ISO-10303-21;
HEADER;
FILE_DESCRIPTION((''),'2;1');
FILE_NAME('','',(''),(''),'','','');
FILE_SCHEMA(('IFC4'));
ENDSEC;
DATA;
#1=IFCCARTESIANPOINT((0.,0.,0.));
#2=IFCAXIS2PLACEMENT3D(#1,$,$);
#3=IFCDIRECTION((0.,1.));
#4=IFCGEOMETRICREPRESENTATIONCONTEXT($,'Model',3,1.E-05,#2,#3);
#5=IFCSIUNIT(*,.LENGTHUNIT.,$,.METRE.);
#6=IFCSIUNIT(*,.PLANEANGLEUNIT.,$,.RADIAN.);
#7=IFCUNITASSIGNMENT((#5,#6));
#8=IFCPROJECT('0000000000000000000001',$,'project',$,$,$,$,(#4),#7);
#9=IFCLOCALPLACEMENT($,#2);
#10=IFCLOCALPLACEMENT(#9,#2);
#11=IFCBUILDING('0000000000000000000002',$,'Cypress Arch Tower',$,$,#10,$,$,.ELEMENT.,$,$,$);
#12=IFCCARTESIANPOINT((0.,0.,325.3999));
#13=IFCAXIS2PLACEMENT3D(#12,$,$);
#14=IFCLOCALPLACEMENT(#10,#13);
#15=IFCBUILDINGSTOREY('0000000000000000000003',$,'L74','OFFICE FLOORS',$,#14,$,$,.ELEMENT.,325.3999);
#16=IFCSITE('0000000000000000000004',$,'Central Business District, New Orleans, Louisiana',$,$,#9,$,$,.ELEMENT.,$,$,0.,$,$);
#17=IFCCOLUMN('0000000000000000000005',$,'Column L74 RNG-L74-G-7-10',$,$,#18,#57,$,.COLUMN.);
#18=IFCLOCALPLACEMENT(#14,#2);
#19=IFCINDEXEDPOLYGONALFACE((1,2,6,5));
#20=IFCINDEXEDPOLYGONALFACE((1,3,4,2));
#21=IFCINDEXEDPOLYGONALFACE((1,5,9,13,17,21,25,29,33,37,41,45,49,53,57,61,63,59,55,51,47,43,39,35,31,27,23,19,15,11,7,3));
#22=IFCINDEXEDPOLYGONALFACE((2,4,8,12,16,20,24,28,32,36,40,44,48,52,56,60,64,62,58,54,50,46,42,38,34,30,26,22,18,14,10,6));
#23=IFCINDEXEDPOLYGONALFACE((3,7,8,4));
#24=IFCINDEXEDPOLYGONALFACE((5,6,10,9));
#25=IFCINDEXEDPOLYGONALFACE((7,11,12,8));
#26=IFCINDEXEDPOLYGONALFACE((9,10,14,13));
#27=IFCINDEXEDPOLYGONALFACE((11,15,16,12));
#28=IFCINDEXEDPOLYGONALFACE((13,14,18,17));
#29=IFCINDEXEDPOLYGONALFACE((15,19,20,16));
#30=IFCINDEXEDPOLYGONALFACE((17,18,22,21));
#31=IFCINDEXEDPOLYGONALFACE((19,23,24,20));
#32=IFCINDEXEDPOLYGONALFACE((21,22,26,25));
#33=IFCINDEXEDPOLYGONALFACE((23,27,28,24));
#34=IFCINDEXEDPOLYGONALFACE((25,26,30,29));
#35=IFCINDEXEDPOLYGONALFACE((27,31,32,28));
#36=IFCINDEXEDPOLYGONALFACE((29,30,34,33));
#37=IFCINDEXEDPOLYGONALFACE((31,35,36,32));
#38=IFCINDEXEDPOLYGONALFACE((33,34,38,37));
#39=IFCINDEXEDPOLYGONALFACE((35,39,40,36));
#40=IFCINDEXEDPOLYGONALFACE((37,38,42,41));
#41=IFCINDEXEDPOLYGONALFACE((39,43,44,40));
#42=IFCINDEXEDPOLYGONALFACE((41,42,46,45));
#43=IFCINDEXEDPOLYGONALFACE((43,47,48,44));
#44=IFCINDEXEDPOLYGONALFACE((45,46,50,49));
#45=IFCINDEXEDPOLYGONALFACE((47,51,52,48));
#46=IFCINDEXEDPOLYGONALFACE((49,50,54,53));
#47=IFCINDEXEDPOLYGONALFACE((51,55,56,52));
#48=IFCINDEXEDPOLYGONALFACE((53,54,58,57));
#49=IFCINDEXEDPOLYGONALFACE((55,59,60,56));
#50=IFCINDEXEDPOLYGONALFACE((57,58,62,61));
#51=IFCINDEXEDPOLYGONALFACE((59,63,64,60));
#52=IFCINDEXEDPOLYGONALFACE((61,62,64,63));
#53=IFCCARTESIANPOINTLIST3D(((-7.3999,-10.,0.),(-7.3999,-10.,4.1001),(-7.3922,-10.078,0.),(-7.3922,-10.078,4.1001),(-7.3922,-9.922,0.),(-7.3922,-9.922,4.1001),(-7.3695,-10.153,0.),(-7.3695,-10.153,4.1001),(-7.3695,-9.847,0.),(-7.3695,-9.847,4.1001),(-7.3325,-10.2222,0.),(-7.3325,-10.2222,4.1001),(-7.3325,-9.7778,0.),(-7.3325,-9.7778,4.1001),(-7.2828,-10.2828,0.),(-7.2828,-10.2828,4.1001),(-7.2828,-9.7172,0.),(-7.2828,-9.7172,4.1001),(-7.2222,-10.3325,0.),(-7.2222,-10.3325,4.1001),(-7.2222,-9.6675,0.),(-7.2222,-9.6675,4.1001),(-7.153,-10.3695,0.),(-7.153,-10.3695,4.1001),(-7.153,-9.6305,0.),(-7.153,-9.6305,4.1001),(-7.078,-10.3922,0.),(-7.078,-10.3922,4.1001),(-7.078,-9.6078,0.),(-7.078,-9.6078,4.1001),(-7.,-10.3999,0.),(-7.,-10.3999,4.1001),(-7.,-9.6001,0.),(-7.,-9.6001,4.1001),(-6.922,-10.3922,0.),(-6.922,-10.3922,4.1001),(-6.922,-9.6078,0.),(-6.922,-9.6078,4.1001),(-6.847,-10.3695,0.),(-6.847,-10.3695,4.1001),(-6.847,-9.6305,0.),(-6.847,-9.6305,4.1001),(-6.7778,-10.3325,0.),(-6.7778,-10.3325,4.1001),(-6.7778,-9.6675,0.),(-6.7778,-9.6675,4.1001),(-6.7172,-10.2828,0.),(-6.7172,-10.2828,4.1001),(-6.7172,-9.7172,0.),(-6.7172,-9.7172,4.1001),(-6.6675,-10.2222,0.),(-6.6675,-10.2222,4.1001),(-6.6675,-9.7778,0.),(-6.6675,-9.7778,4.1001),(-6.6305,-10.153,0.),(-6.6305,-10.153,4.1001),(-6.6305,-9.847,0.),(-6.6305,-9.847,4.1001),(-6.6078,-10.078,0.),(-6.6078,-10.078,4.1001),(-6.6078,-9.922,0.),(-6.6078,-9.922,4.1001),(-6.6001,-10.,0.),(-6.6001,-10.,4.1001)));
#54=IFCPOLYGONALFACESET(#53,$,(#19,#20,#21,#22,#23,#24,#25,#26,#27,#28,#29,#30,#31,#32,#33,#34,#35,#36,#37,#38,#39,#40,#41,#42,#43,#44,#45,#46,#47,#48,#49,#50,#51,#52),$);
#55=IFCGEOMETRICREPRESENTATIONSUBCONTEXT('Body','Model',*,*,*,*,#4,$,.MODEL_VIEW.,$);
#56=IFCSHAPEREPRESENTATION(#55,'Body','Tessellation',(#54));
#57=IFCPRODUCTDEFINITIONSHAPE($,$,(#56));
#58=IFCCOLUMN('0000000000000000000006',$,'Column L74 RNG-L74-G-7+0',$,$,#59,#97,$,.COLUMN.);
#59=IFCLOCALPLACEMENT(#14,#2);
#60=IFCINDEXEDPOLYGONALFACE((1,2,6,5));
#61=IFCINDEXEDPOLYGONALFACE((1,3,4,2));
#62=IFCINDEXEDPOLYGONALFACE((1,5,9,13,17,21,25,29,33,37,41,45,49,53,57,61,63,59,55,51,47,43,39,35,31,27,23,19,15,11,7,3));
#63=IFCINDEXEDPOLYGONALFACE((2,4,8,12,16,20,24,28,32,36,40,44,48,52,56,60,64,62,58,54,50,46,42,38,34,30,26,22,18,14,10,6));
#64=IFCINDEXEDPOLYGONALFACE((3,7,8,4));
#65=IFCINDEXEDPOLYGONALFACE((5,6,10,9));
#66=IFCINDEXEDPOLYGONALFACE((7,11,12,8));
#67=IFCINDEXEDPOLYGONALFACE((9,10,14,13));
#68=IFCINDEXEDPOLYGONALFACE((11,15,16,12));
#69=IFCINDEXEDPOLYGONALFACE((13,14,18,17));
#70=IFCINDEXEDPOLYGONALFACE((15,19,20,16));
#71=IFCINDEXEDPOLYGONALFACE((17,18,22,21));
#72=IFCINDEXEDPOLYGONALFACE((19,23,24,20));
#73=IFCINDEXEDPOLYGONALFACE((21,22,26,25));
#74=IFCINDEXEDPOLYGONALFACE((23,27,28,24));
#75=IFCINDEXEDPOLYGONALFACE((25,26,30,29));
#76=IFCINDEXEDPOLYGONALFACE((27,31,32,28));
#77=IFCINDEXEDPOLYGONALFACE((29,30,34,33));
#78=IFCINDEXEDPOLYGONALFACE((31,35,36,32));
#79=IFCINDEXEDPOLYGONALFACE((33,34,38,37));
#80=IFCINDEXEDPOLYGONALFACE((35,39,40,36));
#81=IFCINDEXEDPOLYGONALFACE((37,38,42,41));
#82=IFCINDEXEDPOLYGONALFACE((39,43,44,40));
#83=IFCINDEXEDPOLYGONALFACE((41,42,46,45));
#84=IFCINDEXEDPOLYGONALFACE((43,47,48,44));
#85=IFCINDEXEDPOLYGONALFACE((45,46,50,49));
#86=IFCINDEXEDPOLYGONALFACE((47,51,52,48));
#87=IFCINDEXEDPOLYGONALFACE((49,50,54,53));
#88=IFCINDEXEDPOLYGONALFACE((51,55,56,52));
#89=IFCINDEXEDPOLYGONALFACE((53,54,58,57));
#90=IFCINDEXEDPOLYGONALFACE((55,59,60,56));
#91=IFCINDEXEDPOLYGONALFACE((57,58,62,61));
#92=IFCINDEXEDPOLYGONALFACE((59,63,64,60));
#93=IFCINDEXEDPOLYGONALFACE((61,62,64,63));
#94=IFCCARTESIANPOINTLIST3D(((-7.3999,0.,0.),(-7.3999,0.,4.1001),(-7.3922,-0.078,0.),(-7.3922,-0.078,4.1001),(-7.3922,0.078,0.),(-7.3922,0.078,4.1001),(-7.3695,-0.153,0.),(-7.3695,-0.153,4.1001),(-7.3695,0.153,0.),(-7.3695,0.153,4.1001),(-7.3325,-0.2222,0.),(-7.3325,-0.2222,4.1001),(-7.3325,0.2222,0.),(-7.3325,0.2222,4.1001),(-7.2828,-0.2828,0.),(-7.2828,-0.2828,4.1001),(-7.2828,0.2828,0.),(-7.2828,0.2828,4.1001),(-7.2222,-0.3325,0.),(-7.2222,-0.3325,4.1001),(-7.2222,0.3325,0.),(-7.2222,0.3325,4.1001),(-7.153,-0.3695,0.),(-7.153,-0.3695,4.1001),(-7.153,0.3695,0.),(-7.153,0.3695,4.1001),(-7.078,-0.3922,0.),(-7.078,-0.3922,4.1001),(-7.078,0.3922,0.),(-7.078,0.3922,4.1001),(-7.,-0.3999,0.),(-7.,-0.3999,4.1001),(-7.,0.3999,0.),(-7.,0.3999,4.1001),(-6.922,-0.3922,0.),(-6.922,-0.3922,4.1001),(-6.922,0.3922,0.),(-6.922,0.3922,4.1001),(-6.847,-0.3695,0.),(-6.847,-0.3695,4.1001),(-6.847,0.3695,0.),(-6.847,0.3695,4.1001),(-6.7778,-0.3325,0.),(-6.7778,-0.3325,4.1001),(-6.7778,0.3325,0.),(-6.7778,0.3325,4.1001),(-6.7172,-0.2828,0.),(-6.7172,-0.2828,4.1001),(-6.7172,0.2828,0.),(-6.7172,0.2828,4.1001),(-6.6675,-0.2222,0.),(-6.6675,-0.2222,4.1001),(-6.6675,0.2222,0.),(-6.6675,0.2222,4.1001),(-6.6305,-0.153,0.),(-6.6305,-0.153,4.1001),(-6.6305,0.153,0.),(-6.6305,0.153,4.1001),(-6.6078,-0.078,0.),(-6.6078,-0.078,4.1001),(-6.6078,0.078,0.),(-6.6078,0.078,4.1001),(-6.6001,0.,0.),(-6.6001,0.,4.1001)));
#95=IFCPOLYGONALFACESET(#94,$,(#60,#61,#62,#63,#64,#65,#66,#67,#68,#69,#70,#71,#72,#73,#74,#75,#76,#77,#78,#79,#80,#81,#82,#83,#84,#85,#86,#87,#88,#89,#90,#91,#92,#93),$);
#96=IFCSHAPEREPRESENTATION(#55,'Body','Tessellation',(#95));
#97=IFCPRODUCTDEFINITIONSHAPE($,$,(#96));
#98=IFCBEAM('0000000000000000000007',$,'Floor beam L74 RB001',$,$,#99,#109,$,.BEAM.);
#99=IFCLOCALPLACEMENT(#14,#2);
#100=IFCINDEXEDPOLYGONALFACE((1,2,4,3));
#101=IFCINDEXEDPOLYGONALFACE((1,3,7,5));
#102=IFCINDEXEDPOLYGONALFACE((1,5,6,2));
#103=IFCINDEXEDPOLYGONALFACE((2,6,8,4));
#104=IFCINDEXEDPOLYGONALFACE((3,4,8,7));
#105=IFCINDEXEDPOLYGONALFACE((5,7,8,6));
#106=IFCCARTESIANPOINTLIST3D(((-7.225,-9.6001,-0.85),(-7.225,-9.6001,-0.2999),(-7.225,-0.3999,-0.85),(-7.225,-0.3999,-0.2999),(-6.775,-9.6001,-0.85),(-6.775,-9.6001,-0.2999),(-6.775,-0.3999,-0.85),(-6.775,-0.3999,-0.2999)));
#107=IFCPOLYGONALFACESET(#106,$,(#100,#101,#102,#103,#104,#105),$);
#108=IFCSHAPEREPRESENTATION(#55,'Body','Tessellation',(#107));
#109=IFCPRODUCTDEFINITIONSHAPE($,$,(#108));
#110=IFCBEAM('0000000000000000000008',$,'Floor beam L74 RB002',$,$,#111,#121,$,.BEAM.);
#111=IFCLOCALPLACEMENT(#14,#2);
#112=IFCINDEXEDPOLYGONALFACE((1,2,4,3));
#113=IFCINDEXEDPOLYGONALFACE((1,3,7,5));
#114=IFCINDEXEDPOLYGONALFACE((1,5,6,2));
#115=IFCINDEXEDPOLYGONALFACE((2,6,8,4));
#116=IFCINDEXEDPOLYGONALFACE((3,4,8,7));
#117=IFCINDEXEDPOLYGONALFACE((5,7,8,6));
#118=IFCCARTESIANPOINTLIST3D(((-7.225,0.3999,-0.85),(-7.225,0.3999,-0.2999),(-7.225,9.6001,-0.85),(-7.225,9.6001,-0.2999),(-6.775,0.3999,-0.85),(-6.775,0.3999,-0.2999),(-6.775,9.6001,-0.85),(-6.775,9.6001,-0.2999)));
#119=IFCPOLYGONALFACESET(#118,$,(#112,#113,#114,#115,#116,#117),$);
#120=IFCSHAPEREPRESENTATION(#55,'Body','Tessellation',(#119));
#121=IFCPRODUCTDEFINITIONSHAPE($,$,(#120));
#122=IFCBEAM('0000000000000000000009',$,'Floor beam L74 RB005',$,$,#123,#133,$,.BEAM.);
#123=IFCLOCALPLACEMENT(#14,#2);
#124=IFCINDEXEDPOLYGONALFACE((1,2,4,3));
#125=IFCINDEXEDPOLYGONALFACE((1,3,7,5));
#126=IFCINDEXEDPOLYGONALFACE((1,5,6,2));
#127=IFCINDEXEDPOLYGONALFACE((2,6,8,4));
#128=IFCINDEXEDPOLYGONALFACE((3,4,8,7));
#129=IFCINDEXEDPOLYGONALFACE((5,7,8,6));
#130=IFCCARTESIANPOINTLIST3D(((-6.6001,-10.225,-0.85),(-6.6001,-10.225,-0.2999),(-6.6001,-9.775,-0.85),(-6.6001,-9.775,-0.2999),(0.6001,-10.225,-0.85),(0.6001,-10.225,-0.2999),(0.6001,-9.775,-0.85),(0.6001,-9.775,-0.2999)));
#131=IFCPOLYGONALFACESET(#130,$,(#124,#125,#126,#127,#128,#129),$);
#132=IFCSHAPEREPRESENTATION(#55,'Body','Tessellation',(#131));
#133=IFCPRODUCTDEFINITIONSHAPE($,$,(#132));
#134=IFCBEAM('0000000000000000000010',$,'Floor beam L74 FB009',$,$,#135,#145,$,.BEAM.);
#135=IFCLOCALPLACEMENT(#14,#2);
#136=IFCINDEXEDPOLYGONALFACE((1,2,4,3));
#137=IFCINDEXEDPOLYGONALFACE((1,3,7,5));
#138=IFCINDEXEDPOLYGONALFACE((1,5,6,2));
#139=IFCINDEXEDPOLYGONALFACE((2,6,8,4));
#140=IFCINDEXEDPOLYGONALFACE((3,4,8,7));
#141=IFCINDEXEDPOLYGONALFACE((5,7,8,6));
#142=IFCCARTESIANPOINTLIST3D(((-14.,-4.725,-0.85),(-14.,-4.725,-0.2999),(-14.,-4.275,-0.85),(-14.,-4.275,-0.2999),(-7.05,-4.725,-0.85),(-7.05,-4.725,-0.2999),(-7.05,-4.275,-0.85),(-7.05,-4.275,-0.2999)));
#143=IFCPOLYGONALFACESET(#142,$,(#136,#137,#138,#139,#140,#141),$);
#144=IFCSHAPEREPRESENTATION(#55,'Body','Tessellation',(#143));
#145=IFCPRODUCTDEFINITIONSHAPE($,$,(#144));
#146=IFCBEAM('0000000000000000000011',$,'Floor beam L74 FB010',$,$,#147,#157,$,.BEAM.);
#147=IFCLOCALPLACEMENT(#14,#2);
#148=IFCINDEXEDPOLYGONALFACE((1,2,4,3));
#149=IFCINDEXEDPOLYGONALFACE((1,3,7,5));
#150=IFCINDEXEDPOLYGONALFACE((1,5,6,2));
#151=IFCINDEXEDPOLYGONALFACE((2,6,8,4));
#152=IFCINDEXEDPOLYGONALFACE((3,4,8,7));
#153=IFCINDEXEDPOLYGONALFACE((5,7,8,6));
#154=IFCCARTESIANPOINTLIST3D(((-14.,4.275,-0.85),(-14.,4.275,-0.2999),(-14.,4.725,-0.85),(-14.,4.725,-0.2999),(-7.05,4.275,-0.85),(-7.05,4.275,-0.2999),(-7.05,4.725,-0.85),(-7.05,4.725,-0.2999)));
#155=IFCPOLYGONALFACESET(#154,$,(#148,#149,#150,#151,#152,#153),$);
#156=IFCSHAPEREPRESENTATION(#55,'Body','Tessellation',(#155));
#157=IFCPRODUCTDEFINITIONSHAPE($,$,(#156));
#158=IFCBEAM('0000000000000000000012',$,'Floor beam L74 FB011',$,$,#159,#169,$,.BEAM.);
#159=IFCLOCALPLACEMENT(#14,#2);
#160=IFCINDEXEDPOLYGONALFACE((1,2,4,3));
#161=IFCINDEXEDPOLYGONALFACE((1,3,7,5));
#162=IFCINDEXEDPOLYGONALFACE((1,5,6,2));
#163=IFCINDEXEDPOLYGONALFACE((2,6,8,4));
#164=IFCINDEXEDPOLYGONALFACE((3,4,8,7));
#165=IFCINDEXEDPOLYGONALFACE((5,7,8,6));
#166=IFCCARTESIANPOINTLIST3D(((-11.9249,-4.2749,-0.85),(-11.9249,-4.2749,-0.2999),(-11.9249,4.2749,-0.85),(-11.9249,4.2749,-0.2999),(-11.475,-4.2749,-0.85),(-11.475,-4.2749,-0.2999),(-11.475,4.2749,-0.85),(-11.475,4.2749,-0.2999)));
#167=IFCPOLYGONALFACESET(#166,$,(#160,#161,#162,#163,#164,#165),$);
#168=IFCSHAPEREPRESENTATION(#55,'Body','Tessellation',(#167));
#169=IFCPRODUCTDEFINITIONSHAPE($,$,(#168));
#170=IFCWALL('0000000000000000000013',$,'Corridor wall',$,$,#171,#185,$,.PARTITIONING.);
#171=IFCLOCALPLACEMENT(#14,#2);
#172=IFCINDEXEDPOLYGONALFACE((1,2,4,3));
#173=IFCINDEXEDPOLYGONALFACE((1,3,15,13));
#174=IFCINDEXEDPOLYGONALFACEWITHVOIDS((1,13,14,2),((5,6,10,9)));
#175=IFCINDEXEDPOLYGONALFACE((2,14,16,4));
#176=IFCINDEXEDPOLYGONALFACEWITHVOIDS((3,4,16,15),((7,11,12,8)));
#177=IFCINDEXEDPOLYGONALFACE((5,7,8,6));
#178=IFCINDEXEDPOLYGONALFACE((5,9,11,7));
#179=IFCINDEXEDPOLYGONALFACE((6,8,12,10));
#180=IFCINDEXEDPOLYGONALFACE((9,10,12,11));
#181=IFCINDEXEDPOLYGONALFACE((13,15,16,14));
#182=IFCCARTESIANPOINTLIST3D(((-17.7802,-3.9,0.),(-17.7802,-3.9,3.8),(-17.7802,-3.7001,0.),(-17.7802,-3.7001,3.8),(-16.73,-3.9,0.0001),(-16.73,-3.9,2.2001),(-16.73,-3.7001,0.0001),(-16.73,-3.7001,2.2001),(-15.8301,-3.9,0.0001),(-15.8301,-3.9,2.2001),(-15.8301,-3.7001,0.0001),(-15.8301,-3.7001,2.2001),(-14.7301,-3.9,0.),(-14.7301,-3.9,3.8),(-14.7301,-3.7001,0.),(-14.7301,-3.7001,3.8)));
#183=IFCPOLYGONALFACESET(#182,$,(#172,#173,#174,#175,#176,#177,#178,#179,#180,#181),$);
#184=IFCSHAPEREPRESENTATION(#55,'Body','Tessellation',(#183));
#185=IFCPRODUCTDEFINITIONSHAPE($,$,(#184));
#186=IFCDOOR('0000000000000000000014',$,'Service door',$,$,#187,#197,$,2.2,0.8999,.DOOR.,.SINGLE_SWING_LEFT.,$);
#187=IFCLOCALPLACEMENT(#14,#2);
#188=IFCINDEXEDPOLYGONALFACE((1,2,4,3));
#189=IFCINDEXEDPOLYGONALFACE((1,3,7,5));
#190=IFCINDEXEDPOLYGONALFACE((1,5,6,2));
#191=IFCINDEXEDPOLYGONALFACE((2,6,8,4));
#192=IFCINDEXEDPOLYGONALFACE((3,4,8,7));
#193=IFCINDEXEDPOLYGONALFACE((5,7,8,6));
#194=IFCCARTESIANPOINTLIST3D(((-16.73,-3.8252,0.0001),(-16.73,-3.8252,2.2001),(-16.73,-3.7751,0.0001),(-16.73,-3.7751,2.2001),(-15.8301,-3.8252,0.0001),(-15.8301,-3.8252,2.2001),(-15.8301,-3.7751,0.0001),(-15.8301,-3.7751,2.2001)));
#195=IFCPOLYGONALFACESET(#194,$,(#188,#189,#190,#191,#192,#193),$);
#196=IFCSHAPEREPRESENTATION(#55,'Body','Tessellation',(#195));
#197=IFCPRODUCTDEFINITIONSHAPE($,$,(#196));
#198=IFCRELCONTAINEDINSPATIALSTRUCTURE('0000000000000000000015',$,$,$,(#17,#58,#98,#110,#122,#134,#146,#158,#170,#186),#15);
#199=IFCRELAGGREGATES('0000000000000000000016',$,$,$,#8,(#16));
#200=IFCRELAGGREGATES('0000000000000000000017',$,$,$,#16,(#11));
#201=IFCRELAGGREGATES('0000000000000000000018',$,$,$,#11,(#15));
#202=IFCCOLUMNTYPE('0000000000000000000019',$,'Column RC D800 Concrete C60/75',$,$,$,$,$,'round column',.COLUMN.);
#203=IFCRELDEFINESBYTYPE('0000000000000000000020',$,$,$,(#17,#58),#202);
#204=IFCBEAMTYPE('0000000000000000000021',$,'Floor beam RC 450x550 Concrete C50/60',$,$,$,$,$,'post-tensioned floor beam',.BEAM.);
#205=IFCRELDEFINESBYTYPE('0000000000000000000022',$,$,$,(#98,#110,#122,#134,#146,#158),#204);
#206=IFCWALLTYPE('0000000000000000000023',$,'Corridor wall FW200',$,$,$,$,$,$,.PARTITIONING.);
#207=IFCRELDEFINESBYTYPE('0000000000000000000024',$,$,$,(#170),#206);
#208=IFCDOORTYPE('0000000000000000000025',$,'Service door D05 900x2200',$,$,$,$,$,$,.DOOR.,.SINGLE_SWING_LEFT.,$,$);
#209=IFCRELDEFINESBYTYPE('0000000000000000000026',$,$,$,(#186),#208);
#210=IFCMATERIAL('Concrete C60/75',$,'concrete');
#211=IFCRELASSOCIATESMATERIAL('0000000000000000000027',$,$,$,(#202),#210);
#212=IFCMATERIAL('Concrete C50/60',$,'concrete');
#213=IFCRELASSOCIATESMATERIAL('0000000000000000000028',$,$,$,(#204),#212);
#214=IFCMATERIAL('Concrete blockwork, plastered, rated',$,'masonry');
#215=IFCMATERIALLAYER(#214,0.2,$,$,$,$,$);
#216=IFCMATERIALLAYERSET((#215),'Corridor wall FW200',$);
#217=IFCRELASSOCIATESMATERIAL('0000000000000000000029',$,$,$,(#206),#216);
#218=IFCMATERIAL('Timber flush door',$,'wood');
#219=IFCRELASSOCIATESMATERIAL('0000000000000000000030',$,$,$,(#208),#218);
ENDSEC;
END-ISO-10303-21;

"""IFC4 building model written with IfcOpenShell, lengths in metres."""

from ifc_helpers import new_model, si_unit, direction, frame, frame_2d, origin, origin_2d, place, context, subcontext, project, spatial, rectangle, circle, extrude, material, layer, layer_set, material_profile, profile_set, type_object, element, fill, save


model = new_model("IFC4")

# Units and contexts
model_context = context("Model", 3, precision=1e-05, world=origin(), true_north=direction((0.0, 1.0)))
body_context = subcontext(model_context, "Body", "Model", "MODEL_VIEW")
ifc_project = project(units=[si_unit("LENGTHUNIT", "METRE"), si_unit("PLANEANGLEUNIT", "RADIAN")], contexts=[model_context])

# Site, building, storey
site_placement = place(None, origin())
site = spatial("IfcSite", under=ifc_project, at=site_placement, Name="Central Business District, New Orleans, Louisiana", CompositionType="ELEMENT", RefElevation=0.0)
building_placement = place(site_placement, origin())
building = spatial("IfcBuilding", under=site, at=building_placement, Name="Cypress Arch Tower", CompositionType="ELEMENT")
storey_placement = place(building_placement, frame((0.0, 0.0, 325.3999)))
storey = spatial("IfcBuildingStorey", under=building, at=storey_placement, Name="L74", Description="OFFICE FLOORS", CompositionType="ELEMENT", Elevation=325.3999)

# Columns
ifc_material_1 = material(Name="Concrete C60/75", Category="concrete")
ifc_material_profile_1 = material_profile(ifc_material_1, circle(Radius=0.3999, at=origin_2d()), Name="RC D800")
ifc_profile_set_1 = profile_set([ifc_material_profile_1], Name="Concrete C60/75")
column_type = type_object("IfcColumnType", Name="Column RC D800 Concrete C60/75", ElementType="round column", PredefinedType="COLUMN", material=ifc_profile_set_1)
for number, where, z_axis, x_axis, name in (
    (1, (-7.0, -10.0, 0.0), (0.0, 0.0, 1.0), (1.0, 0.0, 0.0), "Column L74 RNG-L74-G-7-10"),
    (2, (-7.0, 0.0, 0.0), (0.0, 0.0, 1.0), (1.0, 0.0, 0.0), "Column L74 RNG-L74-G-7+0"),
):
    element("IfcColumn", number, at=place(storey_placement, frame(where, z_axis=z_axis, x_axis=x_axis)), inside=storey, type_object=column_type, Name=name, PredefinedType="COLUMN", context=body_context, shape_type="SweptSolid", body=[
        extrude(circle(Radius=0.3999, at=origin_2d()), origin(), (0.0, 0.0, 1.0), 4.1001),
    ])

# Beams
ifc_material_2 = material(Name="Concrete C50/60", Category="concrete")
ifc_material_profile_2 = material_profile(ifc_material_2, rectangle(XDim=0.45, YDim=0.55, at=origin_2d()), Name="RC 450x550")
ifc_profile_set_2 = profile_set([ifc_material_profile_2], Name="Concrete C50/60")
beam_type = type_object("IfcBeamType", Name="Floor beam RC 450x550 Concrete C50/60", ElementType="post-tensioned floor beam", PredefinedType="BEAM", material=ifc_profile_set_2)
for number, where, z_axis, x_axis, name in (
    (3, (-7.0, -9.6001, -0.575), (0.0, 1.0, 0.0), (-1.0, 0.0, 0.0), "Floor beam L74 RB001"),
    (4, (-7.0, 0.3999, -0.575), (0.0, 1.0, 0.0), (-1.0, 0.0, 0.0), "Floor beam L74 RB002"),
):
    element("IfcBeam", number, at=place(storey_placement, frame(where, z_axis=z_axis, x_axis=x_axis)), inside=storey, type_object=beam_type, Name=name, PredefinedType="BEAM", context=body_context, shape_type="SweptSolid", body=[
        extrude(rectangle(XDim=0.45, YDim=0.55, at=origin_2d()), origin(), (0.0, 0.0, 1.0), 9.2002),
    ])
beam_1_placement = place(storey_placement, frame((-6.6001, -10.0, -0.575), z_axis=(1.0, 0.0, 0.0), x_axis=(0.0, 1.0, 0.0)))
element("IfcBeam", 5, at=beam_1_placement, inside=storey, type_object=beam_type, Name="Floor beam L74 RB005", PredefinedType="BEAM", context=body_context, shape_type="SweptSolid", body=[
    extrude(rectangle(XDim=0.45, YDim=0.55, at=origin_2d()), origin(), (0.0, 0.0, 1.0), 7.2002),
])
for number, where, z_axis, x_axis, name in (
    (6, (-14.0, -4.5, -0.575), (1.0, 0.0, 0.0), (0.0, 1.0, 0.0), "Floor beam L74 FB009"),
    (7, (-14.0, 4.5, -0.575), (1.0, 0.0, 0.0), (0.0, 1.0, 0.0), "Floor beam L74 FB010"),
):
    element("IfcBeam", number, at=place(storey_placement, frame(where, z_axis=z_axis, x_axis=x_axis)), inside=storey, type_object=beam_type, Name=name, PredefinedType="BEAM", context=body_context, shape_type="SweptSolid", body=[
        extrude(rectangle(XDim=0.45, YDim=0.55, at=origin_2d()), origin(), (0.0, 0.0, 1.0), 6.95),
    ])
beam_2_placement = place(storey_placement, frame((-11.7, -4.2749, -0.575), z_axis=(0.0, 1.0, 0.0), x_axis=(-1.0, 0.0, 0.0)))
element("IfcBeam", 8, at=beam_2_placement, inside=storey, type_object=beam_type, Name="Floor beam L74 FB011", PredefinedType="BEAM", context=body_context, shape_type="SweptSolid", body=[
    extrude(rectangle(XDim=0.45, YDim=0.55, at=origin_2d()), origin(), (0.0, 0.0, 1.0), 8.5498),
])

# Wall, opening, door
ifc_material_3 = material(Name="Concrete blockwork, plastered, rated", Category="masonry")
ifc_layer_1 = layer(ifc_material_3, 0.2)
ifc_layer_set_1 = layer_set([ifc_layer_1], Name="Corridor wall FW200")
wall_type_1 = type_object("IfcWallType", Name="Corridor wall FW200", PredefinedType="PARTITIONING", material=ifc_layer_set_1)
wall_1_placement = place(storey_placement, frame((-17.78, -3.8, 0.0), z_axis=(0.0, 0.0, 1.0), x_axis=(1.0, 0.0, 0.0)))
wall_1 = element("IfcWall", 9, at=wall_1_placement, inside=storey, type_object=wall_type_1, Name="Corridor wall", PredefinedType="PARTITIONING", context=body_context, shape_type="SweptSolid", body=[
    extrude(rectangle(XDim=3.05, YDim=0.2, at=frame_2d((1.5249, 0.0))), origin(), (0.0, 0.0, 1.0), 3.8),
])
opening_1_placement = place(wall_1_placement, frame((1.05, 0.0, 0.0)))
opening_1 = element("IfcOpeningElement", 10, at=opening_1_placement, cuts=wall_1, PredefinedType="OPENING", context=body_context, shape_type="SweptSolid", body=[
    extrude(rectangle(XDim=0.8999, YDim=2.2, at=frame_2d((0.45, 1.1001))), frame((0.0, 0.1099, 0.0), z_axis=(0.0, -1.0, 0.0), x_axis=(1.0, 0.0, 0.0)), (0.0, 0.0, 1.0), 0.22),
])
ifc_material_4 = material(Name="Timber flush door", Category="wood")
door_type_1 = type_object("IfcDoorType", Name="Service door D05 900x2200", OperationType="SINGLE_SWING_LEFT", PredefinedType="DOOR", material=ifc_material_4)
door_1_placement = place(opening_1_placement, origin())
door_1 = element("IfcDoor", 11, at=door_1_placement, inside=storey, type_object=door_type_1, Name="Service door", OperationType="SINGLE_SWING_LEFT", OverallHeight=2.2, OverallWidth=0.8999, PredefinedType="DOOR", context=body_context, shape_type="SweptSolid", body=[
    extrude(rectangle(XDim=0.8999, YDim=2.2, at=frame_2d((0.45, 1.1001))), frame((0.0, 0.0249, 0.0), z_axis=(0.0, -1.0, 0.0), x_axis=(1.0, 0.0, 0.0)), (0.0, 0.0, 1.0), 0.05),
])
fill(opening_1, door_1)

save(model, "model.ifc")
